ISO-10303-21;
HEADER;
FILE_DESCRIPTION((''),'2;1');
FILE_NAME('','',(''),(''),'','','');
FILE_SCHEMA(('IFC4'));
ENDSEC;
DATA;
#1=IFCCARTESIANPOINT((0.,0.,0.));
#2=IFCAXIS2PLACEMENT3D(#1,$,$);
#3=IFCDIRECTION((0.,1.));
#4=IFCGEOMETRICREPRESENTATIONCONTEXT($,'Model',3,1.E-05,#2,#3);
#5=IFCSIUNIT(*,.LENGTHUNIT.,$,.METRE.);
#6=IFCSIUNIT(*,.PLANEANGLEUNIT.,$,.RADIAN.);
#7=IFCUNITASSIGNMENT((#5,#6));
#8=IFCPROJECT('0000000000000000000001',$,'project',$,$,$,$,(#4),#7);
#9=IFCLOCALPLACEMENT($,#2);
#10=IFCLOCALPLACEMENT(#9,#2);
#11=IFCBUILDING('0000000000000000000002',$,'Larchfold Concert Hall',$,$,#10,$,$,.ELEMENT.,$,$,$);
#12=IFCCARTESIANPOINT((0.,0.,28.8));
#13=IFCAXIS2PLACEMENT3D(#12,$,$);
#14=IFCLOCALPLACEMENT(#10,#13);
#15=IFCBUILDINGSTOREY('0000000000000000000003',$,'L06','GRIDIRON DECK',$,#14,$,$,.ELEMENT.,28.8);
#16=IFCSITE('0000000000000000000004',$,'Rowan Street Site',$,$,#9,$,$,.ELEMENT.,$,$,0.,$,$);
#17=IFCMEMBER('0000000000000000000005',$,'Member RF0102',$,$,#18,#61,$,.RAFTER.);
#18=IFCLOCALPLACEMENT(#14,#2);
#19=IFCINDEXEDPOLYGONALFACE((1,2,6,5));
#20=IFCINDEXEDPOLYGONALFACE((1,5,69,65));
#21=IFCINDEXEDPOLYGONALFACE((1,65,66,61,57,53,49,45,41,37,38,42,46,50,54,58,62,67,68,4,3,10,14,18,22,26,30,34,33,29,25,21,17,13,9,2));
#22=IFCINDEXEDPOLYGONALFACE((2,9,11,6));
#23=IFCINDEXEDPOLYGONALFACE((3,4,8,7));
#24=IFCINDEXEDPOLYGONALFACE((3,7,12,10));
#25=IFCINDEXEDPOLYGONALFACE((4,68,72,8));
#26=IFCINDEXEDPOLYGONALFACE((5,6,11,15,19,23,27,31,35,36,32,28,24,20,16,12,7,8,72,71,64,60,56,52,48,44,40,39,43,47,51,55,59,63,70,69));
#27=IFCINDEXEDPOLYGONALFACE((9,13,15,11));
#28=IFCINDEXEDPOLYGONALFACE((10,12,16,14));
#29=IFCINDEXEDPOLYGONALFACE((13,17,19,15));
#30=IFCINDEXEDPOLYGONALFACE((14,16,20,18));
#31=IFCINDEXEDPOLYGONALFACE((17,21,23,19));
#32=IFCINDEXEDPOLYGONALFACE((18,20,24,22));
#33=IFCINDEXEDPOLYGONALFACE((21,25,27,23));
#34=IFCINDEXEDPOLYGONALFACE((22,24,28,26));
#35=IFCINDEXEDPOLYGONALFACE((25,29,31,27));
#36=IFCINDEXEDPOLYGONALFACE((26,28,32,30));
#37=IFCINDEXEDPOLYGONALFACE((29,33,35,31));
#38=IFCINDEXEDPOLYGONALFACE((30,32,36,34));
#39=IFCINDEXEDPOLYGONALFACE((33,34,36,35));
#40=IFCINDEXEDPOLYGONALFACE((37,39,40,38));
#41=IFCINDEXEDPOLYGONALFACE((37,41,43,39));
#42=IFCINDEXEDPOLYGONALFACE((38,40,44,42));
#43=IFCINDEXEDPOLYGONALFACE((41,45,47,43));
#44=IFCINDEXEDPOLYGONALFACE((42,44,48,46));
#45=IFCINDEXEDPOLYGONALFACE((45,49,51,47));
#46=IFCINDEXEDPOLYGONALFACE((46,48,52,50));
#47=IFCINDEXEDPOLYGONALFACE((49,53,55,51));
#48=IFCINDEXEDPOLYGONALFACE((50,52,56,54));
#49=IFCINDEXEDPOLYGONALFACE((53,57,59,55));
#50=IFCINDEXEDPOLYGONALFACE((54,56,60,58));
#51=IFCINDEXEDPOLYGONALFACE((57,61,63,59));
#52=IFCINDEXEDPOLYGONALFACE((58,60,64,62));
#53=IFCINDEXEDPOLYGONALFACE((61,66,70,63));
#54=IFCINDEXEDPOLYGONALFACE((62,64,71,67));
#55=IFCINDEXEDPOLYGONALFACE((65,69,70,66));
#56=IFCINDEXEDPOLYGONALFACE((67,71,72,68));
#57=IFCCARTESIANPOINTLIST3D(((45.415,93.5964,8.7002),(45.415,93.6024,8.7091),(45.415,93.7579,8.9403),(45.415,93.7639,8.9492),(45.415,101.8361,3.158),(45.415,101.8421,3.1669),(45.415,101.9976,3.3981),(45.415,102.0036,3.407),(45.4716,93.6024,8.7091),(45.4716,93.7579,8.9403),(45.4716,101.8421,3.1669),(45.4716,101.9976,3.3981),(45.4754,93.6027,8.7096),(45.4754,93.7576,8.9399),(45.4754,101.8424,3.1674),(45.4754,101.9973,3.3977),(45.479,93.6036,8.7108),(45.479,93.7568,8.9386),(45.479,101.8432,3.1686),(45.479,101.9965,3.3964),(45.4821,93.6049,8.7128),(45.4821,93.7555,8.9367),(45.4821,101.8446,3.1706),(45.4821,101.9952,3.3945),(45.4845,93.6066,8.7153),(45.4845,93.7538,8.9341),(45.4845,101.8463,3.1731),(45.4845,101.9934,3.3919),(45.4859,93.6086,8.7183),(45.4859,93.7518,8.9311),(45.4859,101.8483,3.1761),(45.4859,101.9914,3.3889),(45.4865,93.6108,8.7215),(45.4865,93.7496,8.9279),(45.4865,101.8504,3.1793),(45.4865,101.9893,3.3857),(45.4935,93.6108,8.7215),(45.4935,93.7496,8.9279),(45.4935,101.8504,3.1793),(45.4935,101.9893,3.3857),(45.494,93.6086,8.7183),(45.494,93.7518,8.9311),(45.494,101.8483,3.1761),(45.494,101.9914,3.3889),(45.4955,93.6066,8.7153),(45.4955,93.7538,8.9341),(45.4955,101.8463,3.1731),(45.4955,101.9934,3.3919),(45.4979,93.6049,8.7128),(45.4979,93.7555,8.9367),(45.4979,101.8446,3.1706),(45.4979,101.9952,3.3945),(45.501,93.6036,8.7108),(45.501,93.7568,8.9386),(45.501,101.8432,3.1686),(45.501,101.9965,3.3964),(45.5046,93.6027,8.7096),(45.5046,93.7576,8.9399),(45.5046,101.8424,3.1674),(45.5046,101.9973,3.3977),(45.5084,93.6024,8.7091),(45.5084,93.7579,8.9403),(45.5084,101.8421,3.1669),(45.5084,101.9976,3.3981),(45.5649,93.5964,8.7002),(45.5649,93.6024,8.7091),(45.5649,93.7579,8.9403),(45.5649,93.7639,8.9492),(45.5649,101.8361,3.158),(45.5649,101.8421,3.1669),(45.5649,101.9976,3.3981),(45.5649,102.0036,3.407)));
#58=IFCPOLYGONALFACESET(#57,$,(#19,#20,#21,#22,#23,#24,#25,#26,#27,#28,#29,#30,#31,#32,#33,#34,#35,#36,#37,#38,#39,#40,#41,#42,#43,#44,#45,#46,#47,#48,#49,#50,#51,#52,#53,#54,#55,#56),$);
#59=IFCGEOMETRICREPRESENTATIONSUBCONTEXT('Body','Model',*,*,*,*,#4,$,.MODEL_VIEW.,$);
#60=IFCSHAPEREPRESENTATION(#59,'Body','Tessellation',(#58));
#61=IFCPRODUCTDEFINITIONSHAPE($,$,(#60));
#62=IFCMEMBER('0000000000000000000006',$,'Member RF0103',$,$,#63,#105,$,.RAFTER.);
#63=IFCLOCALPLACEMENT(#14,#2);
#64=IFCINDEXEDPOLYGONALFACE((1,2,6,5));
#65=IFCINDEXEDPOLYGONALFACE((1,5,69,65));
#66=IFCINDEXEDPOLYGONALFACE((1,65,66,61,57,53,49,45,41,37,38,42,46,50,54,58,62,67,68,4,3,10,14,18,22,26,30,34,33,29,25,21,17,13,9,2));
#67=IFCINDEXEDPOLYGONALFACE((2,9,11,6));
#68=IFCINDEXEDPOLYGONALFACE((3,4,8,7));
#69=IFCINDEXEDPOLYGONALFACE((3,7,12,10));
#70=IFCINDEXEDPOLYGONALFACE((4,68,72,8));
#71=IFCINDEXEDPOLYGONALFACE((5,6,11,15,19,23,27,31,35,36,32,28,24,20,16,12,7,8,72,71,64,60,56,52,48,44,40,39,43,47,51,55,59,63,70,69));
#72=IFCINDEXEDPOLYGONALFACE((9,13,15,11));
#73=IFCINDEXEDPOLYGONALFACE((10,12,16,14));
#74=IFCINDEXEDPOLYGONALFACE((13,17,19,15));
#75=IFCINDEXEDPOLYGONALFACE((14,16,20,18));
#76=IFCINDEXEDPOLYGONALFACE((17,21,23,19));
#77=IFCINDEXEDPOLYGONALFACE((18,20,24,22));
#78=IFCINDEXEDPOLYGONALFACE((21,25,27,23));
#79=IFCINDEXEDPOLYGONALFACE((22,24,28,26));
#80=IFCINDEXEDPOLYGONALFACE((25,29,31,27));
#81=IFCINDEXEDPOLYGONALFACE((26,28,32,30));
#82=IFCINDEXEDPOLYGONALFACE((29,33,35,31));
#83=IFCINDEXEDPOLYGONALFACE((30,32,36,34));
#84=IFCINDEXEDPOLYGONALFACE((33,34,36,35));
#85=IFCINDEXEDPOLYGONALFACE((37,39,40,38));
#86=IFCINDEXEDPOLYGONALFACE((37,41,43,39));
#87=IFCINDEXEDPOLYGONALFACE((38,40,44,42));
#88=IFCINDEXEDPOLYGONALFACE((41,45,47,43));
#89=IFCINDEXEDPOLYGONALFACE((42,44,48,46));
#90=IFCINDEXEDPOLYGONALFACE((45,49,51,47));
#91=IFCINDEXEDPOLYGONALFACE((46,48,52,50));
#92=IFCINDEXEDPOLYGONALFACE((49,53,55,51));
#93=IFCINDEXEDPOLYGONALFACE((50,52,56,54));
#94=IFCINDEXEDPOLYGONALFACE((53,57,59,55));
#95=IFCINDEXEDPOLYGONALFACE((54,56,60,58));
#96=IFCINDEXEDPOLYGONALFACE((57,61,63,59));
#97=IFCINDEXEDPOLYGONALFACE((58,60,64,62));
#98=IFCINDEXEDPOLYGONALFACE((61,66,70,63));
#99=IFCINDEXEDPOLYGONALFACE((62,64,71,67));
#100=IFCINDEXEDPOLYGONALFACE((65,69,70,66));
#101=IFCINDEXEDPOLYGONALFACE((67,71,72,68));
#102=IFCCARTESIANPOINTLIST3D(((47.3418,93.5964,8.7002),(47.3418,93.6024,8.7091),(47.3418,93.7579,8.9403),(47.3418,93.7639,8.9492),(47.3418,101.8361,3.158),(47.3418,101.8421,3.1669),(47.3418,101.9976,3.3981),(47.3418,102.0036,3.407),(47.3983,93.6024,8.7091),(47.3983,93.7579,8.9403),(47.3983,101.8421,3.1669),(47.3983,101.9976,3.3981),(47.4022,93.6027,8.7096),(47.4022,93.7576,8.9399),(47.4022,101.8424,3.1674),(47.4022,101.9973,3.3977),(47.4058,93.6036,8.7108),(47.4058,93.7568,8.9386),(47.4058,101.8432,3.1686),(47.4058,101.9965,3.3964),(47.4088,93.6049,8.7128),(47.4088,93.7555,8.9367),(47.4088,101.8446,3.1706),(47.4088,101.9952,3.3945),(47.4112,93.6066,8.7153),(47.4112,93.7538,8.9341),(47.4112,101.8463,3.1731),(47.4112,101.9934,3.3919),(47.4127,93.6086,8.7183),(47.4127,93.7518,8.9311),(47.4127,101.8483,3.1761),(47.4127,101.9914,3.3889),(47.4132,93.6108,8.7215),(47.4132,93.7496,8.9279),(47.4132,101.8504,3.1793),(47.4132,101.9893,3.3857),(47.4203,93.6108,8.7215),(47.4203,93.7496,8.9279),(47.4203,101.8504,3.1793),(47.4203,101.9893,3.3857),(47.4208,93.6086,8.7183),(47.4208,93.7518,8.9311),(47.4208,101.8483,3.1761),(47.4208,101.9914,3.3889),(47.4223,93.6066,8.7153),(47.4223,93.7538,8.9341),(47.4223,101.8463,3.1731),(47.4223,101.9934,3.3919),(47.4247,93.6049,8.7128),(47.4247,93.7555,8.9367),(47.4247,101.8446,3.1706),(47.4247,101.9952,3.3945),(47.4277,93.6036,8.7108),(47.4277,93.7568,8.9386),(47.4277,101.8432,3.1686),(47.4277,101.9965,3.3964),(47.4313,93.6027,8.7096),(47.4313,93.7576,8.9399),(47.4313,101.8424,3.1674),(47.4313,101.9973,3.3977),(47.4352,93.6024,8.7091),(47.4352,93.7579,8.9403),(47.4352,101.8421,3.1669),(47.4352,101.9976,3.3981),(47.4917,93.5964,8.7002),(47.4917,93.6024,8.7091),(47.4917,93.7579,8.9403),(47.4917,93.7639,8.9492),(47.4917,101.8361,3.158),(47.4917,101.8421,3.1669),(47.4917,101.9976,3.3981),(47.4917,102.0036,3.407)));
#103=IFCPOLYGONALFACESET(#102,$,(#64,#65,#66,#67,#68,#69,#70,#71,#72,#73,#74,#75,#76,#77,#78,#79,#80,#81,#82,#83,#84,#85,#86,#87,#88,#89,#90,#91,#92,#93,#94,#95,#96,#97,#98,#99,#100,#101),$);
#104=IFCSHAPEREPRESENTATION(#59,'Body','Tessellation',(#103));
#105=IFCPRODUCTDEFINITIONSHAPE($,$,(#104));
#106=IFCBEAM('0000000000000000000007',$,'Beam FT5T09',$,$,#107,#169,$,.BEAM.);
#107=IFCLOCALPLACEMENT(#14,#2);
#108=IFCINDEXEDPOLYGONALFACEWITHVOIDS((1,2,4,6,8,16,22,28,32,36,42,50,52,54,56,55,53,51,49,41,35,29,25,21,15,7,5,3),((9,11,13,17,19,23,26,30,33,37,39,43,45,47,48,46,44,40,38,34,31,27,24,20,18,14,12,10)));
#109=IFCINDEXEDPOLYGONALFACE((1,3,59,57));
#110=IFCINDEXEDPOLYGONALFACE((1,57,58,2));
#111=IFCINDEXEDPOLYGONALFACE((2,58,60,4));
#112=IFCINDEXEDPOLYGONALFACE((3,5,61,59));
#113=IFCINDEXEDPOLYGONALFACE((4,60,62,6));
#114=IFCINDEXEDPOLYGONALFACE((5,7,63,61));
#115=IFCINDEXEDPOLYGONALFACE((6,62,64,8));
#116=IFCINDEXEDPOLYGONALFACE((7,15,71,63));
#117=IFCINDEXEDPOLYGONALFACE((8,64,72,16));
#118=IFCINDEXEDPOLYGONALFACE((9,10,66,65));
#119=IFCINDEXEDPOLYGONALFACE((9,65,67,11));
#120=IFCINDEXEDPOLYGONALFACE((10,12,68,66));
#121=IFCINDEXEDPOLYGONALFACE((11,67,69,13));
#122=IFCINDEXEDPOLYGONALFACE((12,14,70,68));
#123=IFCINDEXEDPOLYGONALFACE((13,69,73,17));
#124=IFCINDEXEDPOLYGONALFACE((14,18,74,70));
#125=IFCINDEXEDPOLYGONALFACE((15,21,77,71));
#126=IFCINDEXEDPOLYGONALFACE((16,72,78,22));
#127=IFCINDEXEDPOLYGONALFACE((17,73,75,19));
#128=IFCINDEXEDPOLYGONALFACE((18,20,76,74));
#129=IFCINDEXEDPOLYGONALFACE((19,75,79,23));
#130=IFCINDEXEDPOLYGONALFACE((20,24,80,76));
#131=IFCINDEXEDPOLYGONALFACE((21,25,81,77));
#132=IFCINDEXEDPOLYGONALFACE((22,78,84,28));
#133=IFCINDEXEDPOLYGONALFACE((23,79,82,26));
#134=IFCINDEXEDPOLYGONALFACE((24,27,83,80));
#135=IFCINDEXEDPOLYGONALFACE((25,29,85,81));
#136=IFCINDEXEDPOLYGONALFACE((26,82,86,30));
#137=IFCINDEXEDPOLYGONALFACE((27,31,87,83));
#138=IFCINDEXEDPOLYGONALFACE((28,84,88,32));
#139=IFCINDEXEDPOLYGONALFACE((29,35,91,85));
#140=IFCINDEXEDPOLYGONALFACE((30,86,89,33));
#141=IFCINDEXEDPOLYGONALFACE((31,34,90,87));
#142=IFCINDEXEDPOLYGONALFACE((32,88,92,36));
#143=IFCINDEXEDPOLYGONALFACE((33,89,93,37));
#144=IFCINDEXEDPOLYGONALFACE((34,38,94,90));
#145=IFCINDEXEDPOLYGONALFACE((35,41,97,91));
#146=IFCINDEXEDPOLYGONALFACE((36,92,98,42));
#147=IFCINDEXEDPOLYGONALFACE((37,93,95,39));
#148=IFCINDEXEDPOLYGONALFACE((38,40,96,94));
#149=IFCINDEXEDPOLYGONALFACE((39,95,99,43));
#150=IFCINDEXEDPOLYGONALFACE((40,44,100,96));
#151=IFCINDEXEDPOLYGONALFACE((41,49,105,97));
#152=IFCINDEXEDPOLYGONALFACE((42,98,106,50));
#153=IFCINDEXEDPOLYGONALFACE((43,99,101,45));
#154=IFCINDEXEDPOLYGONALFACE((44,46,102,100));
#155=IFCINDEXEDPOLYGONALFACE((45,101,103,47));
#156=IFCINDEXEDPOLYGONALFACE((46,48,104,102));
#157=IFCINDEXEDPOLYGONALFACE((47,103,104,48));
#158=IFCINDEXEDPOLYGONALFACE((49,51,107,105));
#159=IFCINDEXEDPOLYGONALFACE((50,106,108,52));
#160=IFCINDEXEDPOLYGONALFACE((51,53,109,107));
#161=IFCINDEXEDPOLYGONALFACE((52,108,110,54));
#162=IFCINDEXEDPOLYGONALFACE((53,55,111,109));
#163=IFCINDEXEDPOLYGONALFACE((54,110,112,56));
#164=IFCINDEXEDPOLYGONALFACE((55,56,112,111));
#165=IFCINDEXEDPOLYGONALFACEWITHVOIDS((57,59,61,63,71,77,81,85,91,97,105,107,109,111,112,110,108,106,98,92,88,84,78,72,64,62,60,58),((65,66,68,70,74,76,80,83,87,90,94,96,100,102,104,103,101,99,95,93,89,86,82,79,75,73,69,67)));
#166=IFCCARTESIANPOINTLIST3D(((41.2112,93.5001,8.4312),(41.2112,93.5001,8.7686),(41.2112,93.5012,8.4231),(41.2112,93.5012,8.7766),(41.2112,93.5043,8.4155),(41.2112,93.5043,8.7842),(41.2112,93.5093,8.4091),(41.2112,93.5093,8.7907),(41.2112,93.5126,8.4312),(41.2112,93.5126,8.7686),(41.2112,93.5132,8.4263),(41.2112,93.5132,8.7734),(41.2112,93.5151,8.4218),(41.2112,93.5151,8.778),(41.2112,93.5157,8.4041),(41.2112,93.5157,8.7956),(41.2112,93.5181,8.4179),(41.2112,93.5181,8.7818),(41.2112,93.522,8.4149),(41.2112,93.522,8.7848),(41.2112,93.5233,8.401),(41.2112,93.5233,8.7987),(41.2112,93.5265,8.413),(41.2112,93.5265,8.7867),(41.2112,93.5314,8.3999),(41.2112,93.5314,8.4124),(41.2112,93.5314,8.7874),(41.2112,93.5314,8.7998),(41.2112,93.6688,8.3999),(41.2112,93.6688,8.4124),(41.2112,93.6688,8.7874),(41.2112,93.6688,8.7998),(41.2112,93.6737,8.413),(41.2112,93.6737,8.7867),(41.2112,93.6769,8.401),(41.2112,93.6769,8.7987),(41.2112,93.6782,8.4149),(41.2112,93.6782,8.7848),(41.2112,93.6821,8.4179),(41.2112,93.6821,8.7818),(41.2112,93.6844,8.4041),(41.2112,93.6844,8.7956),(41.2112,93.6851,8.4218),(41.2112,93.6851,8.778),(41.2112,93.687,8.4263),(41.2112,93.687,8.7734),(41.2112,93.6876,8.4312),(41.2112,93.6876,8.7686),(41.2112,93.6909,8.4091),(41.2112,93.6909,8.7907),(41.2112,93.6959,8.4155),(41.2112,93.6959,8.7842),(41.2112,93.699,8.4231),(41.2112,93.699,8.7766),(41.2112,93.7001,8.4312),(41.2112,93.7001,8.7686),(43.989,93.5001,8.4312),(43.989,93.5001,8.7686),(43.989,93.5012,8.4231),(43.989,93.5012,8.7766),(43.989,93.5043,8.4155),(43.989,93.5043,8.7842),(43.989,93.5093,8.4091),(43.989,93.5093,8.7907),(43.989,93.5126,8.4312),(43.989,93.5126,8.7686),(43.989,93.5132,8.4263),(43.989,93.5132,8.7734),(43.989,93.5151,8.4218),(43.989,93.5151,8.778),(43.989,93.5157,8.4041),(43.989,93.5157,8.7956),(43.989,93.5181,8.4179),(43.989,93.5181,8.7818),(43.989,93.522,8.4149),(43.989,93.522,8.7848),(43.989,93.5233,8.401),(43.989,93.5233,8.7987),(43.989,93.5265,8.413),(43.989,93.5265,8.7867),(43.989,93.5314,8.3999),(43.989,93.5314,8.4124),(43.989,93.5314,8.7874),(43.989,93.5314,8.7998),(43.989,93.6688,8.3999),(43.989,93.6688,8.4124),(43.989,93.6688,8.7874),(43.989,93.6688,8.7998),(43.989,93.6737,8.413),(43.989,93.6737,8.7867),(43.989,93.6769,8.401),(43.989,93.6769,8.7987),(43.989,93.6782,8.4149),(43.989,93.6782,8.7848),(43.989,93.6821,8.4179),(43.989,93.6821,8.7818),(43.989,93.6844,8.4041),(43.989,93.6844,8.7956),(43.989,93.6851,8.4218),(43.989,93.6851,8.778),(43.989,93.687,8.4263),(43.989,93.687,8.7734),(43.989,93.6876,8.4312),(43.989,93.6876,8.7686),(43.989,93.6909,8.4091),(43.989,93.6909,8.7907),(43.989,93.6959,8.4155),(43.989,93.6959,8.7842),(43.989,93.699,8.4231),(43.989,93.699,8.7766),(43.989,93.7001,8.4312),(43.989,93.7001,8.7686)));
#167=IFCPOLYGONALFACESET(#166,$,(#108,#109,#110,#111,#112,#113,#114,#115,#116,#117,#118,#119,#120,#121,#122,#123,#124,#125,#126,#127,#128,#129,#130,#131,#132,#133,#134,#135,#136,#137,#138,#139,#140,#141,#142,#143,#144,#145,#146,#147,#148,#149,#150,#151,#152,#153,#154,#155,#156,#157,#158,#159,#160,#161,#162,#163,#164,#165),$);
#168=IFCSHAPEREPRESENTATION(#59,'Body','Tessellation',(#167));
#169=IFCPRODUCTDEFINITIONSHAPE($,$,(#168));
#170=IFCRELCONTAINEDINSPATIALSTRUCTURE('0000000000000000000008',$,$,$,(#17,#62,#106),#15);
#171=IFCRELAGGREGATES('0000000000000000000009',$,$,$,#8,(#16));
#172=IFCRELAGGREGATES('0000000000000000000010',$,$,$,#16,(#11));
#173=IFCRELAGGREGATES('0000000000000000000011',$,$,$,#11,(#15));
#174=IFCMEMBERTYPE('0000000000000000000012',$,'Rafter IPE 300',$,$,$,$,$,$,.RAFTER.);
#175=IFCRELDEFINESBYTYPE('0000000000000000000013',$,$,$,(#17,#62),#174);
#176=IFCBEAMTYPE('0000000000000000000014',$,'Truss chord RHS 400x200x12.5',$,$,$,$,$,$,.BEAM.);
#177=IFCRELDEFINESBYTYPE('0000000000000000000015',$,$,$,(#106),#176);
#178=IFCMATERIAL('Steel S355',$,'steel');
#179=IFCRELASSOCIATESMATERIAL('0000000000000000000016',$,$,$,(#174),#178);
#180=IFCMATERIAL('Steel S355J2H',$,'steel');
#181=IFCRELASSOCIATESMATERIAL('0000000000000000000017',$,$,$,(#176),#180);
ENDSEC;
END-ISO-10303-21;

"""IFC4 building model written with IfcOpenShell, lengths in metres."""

from ifc_helpers import new_model, si_unit, direction, frame, origin, origin_2d, place, context, subcontext, project, spatial, hollow_rectangle, i_section, extrude, material, material_profile, profile_set, type_object, element, save


model = new_model("IFC4")

# Units and contexts
model_context = context("Model", 3, precision=1e-05, world=origin(), true_north=direction((0.0, 1.0)))
body_context = subcontext(model_context, "Body", "Model", "MODEL_VIEW")
ifc_project = project(units=[si_unit("LENGTHUNIT", "METRE"), si_unit("PLANEANGLEUNIT", "RADIAN")], contexts=[model_context])

# Site, building, storey
site_placement = place(None, origin())
site = spatial("IfcSite", under=ifc_project, at=site_placement, Name="Rowan Street Site", CompositionType="ELEMENT", RefElevation=0.0)
building_placement = place(site_placement, origin())
building = spatial("IfcBuilding", under=site, at=building_placement, Name="Larchfold Concert Hall", CompositionType="ELEMENT")
storey_placement = place(building_placement, frame((0.0, 0.0, 28.8)))
storey = spatial("IfcBuildingStorey", under=building, at=storey_placement, Name="L06", Description="GRIDIRON DECK", CompositionType="ELEMENT", Elevation=28.8)

# Members
ifc_material_1 = material(Name="Steel S355", Category="steel")
ifc_material_profile_1 = material_profile(ifc_material_1, i_section(OverallWidth=0.1499, OverallDepth=0.3, WebThickness=0.0071, FlangeThickness=0.0107, FilletRadius=0.0149, at=origin_2d()))
ifc_profile_set_1 = profile_set([ifc_material_profile_1], Name="Steel S355")
member_type_1 = type_object("IfcMemberType", Name="Rafter IPE 300", PredefinedType="RAFTER", material=ifc_profile_set_1)
for number, where, z_axis, x_axis, name in (
    (1, (45.49, 93.6802, 8.8247), (0.0, 0.829762, -0.558117), (-1.0, 0.0, 0.0), "Member RF0102"),
    (2, (47.4167, 93.6802, 8.8247), (0.0, 0.829762, -0.558117), (-1.0, 0.0, 0.0), "Member RF0103"),
):
    element("IfcMember", number, at=place(storey_placement, frame(where, z_axis=z_axis, x_axis=x_axis)), inside=storey, type_object=member_type_1, Name=name, PredefinedType="RAFTER", context=body_context, shape_type="SweptSolid", body=[
        extrude(i_section(OverallWidth=0.1499, OverallDepth=0.3, WebThickness=0.0071, FlangeThickness=0.0107, FilletRadius=0.0149, at=origin_2d()), origin(), (0.0, 0.0, 1.0), 9.9302),
    ])

# Beam
ifc_material_2 = material(Name="Steel S355J2H", Category="steel")
ifc_material_profile_2 = material_profile(ifc_material_2, hollow_rectangle(XDim=0.2, YDim=0.3999, WallThickness=0.0125, InnerFilletRadius=0.0188, OuterFilletRadius=0.0312, at=origin_2d()))
ifc_profile_set_2 = profile_set([ifc_material_profile_2], Name="Steel S355J2H")
beam_type_1 = type_object("IfcBeamType", Name="Truss chord RHS 400x200x12.5", PredefinedType="BEAM", material=ifc_profile_set_2)
beam_1_placement = place(storey_placement, frame((41.2112, 93.6001, 8.5999), z_axis=(1.0, 0.0, 0.0), x_axis=(0.0, 1.0, 0.0)))
element("IfcBeam", 3, at=beam_1_placement, inside=storey, type_object=beam_type_1, Name="Beam FT5T09", PredefinedType="BEAM", context=body_context, shape_type="SweptSolid", body=[
    extrude(hollow_rectangle(XDim=0.2, YDim=0.3999, WallThickness=0.0125, InnerFilletRadius=0.0188, OuterFilletRadius=0.0312, at=origin_2d()), origin(), (0.0, 0.0, 1.0), 2.7778),
])

save(model, "model.ifc")
